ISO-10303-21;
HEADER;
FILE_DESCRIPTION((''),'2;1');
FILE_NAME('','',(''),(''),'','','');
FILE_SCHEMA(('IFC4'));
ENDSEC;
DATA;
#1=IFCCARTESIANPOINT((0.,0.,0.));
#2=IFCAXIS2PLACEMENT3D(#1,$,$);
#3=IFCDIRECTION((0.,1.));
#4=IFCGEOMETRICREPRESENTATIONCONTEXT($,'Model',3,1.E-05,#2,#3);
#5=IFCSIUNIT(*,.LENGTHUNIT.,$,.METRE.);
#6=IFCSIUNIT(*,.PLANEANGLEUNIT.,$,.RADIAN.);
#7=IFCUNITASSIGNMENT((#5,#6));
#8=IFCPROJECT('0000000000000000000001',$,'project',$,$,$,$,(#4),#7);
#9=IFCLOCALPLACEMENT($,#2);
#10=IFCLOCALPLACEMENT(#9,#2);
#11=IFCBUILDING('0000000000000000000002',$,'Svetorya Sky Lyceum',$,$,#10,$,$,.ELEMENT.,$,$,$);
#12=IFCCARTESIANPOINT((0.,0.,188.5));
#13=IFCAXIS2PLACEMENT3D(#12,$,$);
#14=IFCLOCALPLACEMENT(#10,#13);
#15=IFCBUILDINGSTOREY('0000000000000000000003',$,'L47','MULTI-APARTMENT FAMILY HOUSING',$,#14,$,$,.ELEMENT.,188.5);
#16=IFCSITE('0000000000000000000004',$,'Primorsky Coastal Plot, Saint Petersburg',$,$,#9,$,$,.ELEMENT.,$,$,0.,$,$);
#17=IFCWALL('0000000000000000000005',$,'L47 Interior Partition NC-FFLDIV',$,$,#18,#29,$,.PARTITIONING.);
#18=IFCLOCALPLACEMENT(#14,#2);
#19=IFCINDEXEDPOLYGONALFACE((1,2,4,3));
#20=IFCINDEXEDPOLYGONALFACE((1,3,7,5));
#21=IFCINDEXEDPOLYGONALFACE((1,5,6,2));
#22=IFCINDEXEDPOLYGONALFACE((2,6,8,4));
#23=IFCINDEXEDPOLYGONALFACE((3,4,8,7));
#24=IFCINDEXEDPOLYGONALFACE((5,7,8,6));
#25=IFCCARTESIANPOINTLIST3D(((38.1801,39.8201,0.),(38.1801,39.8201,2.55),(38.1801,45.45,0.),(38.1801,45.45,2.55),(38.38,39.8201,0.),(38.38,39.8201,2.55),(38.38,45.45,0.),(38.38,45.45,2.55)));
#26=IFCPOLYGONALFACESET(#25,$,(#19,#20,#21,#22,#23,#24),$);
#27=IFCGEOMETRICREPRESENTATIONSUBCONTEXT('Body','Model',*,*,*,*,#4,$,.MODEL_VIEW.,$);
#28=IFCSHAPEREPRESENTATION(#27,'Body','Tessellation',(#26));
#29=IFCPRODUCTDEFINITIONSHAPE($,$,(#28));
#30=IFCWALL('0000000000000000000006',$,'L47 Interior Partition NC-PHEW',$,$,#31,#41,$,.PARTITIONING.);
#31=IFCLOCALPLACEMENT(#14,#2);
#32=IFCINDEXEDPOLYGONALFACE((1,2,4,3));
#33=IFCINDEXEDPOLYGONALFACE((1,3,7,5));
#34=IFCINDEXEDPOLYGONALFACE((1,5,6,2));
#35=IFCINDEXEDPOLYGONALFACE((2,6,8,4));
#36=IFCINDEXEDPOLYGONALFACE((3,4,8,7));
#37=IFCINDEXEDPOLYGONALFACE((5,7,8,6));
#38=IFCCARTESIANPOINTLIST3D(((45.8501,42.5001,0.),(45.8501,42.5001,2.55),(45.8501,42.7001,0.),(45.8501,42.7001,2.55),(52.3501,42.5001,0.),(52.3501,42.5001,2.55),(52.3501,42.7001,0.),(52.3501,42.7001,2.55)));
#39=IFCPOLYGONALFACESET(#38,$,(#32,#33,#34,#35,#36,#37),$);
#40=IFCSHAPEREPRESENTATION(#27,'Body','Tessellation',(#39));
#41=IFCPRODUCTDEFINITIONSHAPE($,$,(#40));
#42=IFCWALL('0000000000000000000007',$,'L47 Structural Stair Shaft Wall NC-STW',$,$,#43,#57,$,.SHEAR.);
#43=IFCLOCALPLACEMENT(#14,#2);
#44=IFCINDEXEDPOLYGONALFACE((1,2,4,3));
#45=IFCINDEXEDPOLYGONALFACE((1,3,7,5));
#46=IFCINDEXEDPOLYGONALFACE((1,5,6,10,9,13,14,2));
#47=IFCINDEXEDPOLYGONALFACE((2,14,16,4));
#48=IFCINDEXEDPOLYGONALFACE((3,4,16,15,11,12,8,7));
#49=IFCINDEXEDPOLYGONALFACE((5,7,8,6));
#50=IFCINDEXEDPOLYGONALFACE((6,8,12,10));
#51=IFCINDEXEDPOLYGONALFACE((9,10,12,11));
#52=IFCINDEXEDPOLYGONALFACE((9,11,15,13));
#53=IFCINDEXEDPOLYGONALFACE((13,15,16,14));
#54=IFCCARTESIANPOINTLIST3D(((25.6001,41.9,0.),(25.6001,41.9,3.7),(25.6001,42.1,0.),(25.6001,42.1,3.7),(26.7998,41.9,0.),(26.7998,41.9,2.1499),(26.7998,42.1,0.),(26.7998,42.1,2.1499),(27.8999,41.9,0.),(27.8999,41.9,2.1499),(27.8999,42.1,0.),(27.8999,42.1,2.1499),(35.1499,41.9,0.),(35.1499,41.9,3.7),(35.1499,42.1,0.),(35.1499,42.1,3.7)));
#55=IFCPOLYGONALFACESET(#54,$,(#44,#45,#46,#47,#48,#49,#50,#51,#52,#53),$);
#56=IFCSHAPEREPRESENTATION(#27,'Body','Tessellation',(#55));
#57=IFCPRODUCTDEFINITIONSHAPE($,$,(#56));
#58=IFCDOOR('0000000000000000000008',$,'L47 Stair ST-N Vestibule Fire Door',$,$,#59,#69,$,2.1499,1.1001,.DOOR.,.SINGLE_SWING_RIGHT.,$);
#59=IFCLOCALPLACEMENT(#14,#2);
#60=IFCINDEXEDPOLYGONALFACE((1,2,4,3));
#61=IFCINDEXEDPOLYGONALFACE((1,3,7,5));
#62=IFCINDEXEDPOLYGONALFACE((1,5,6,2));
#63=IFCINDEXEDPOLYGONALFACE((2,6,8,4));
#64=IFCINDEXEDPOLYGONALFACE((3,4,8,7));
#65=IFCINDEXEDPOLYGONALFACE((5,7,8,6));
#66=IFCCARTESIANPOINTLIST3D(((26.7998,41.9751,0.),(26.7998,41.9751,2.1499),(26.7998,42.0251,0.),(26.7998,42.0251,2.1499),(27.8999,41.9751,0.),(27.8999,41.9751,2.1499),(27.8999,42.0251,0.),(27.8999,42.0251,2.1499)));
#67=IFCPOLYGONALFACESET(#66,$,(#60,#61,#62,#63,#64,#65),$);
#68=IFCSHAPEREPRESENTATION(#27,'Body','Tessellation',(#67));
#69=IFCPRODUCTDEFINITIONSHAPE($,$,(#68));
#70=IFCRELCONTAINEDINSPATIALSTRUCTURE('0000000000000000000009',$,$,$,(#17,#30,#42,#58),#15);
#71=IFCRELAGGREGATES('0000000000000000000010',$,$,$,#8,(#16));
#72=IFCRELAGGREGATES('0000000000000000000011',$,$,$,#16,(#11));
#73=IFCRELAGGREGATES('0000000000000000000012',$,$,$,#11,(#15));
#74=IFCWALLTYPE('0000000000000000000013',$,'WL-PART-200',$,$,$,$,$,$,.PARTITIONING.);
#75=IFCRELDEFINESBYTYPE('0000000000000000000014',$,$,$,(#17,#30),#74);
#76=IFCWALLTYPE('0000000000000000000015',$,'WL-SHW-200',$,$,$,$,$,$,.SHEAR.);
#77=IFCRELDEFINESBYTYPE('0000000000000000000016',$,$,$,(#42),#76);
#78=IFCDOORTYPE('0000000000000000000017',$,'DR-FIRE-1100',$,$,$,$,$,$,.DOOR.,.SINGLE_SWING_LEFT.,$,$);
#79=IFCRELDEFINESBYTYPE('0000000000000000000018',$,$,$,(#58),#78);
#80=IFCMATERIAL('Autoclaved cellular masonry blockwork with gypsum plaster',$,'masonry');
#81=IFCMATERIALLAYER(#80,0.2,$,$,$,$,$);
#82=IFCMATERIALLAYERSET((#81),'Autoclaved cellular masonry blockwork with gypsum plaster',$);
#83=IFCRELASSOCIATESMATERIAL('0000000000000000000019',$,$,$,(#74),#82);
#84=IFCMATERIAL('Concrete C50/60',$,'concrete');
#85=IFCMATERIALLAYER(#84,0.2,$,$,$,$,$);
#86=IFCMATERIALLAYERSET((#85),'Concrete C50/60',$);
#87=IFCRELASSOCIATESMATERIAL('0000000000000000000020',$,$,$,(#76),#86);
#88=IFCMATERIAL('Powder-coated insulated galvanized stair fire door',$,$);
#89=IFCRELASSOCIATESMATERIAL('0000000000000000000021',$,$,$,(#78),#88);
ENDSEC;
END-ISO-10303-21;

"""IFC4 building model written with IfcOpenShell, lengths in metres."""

from ifc_helpers import new_model, si_unit, direction, frame, frame_2d, origin, place, context, subcontext, project, spatial, rectangle, extrude, material, layer, layer_set, type_object, element, fill, save


model = new_model("IFC4")

# Units and contexts
model_context = context("Model", 3, precision=1e-05, world=origin(), true_north=direction((0.0, 1.0)))
body_context = subcontext(model_context, "Body", "Model", "MODEL_VIEW")
ifc_project = project(units=[si_unit("LENGTHUNIT", "METRE"), si_unit("PLANEANGLEUNIT", "RADIAN")], contexts=[model_context])

# Site, building, storey
site_placement = place(None, origin())
site = spatial("IfcSite", under=ifc_project, at=site_placement, Name="Primorsky Coastal Plot, Saint Petersburg", CompositionType="ELEMENT", RefElevation=0.0)
building_placement = place(site_placement, origin())
building = spatial("IfcBuilding", under=site, at=building_placement, Name="Svetorya Sky Lyceum", CompositionType="ELEMENT")
storey_placement = place(building_placement, frame((0.0, 0.0, 188.5)))
storey = spatial("IfcBuildingStorey", under=building, at=storey_placement, Name="L47", Description="MULTI-APARTMENT FAMILY HOUSING", CompositionType="ELEMENT", Elevation=188.5)

# Shared definitions
ifc_material_1 = material(Name="Concrete C50/60", Category="concrete")

# Shared definitions
ifc_material_2 = material(Name="Autoclaved cellular masonry blockwork with gypsum plaster", Category="masonry")
ifc_layer_1 = layer(ifc_material_2, 0.2)
ifc_layer_set_1 = layer_set([ifc_layer_1], Name="Autoclaved cellular masonry blockwork with gypsum plaster")
wall_type_1 = type_object("IfcWallType", Name="WL-PART-200", PredefinedType="PARTITIONING", material=ifc_layer_set_1)

# Walls
wall_1_placement = place(storey_placement, frame((38.28, 39.8201, 0.0), z_axis=(0.0, 0.0, 1.0), x_axis=(0.0, 1.0, 0.0)))
element("IfcWall", 1, at=wall_1_placement, inside=storey, type_object=wall_type_1, Name="L47 Interior Partition NC-FFLDIV", PredefinedType="PARTITIONING", context=body_context, shape_type="SweptSolid", body=[
    extrude(rectangle(XDim=5.6299, YDim=0.2, at=frame_2d((2.8149, 0.0))), origin(), (0.0, 0.0, 1.0), 2.55),
])
wall_2_placement = place(storey_placement, frame((52.3501, 42.6001, 0.0), z_axis=(0.0, 0.0, 1.0), x_axis=(-1.0, 0.0, 0.0)))
element("IfcWall", 2, at=wall_2_placement, inside=storey, type_object=wall_type_1, Name="L47 Interior Partition NC-PHEW", PredefinedType="PARTITIONING", context=body_context, shape_type="SweptSolid", body=[
    extrude(rectangle(XDim=6.5, YDim=0.2, at=frame_2d((3.25, 0.0))), origin(), (0.0, 0.0, 1.0), 2.55),
])

# Wall, opening, door
ifc_layer_2 = layer(ifc_material_1, 0.2)
ifc_layer_set_2 = layer_set([ifc_layer_2], Name="Concrete C50/60")
wall_type_2 = type_object("IfcWallType", Name="WL-SHW-200", PredefinedType="SHEAR", material=ifc_layer_set_2)
wall_3_placement = place(storey_placement, frame((35.1499, 42.0, 0.0), z_axis=(0.0, 0.0, 1.0), x_axis=(-1.0, 0.0, 0.0)))
wall_3 = element("IfcWall", 3, at=wall_3_placement, inside=storey, type_object=wall_type_2, Name="L47 Structural Stair Shaft Wall NC-STW", PredefinedType="SHEAR", context=body_context, shape_type="SweptSolid", body=[
    extrude(rectangle(XDim=9.5498, YDim=0.2, at=frame_2d((4.7749, 0.0))), origin(), (0.0, 0.0, 1.0), 3.7),
])
opening_1_placement = place(wall_3_placement, frame((7.25, 0.0, 0.0)))
opening_1 = element("IfcOpeningElement", 4, at=opening_1_placement, cuts=wall_3, PredefinedType="OPENING", context=body_context, shape_type="SweptSolid", body=[
    extrude(rectangle(XDim=1.1001, YDim=2.1499, at=frame_2d((0.55, 1.075))), frame((0.0, 0.1099, 0.0), z_axis=(0.0, -1.0, 0.0), x_axis=(1.0, 0.0, 0.0)), (0.0, 0.0, 1.0), 0.22),
])
ifc_material_3 = material(Name="Powder-coated insulated galvanized stair fire door")
door_type_1 = type_object("IfcDoorType", Name="DR-FIRE-1100", OperationType="SINGLE_SWING_LEFT", PredefinedType="DOOR", material=ifc_material_3)
door_1_placement = place(opening_1_placement, origin())
door_1 = element("IfcDoor", 5, at=door_1_placement, inside=storey, type_object=door_type_1, Name="L47 Stair ST-N Vestibule Fire Door", OperationType="SINGLE_SWING_RIGHT", OverallHeight=2.1499, OverallWidth=1.1001, PredefinedType="DOOR", context=body_context, shape_type="SweptSolid", body=[
    extrude(rectangle(XDim=1.1001, YDim=2.1499, at=frame_2d((0.55, 1.075))), frame((0.0, 0.0249, 0.0), z_axis=(0.0, -1.0, 0.0), x_axis=(1.0, 0.0, 0.0)), (0.0, 0.0, 1.0), 0.05),
])
fill(opening_1, door_1)

save(model, "model.ifc")
